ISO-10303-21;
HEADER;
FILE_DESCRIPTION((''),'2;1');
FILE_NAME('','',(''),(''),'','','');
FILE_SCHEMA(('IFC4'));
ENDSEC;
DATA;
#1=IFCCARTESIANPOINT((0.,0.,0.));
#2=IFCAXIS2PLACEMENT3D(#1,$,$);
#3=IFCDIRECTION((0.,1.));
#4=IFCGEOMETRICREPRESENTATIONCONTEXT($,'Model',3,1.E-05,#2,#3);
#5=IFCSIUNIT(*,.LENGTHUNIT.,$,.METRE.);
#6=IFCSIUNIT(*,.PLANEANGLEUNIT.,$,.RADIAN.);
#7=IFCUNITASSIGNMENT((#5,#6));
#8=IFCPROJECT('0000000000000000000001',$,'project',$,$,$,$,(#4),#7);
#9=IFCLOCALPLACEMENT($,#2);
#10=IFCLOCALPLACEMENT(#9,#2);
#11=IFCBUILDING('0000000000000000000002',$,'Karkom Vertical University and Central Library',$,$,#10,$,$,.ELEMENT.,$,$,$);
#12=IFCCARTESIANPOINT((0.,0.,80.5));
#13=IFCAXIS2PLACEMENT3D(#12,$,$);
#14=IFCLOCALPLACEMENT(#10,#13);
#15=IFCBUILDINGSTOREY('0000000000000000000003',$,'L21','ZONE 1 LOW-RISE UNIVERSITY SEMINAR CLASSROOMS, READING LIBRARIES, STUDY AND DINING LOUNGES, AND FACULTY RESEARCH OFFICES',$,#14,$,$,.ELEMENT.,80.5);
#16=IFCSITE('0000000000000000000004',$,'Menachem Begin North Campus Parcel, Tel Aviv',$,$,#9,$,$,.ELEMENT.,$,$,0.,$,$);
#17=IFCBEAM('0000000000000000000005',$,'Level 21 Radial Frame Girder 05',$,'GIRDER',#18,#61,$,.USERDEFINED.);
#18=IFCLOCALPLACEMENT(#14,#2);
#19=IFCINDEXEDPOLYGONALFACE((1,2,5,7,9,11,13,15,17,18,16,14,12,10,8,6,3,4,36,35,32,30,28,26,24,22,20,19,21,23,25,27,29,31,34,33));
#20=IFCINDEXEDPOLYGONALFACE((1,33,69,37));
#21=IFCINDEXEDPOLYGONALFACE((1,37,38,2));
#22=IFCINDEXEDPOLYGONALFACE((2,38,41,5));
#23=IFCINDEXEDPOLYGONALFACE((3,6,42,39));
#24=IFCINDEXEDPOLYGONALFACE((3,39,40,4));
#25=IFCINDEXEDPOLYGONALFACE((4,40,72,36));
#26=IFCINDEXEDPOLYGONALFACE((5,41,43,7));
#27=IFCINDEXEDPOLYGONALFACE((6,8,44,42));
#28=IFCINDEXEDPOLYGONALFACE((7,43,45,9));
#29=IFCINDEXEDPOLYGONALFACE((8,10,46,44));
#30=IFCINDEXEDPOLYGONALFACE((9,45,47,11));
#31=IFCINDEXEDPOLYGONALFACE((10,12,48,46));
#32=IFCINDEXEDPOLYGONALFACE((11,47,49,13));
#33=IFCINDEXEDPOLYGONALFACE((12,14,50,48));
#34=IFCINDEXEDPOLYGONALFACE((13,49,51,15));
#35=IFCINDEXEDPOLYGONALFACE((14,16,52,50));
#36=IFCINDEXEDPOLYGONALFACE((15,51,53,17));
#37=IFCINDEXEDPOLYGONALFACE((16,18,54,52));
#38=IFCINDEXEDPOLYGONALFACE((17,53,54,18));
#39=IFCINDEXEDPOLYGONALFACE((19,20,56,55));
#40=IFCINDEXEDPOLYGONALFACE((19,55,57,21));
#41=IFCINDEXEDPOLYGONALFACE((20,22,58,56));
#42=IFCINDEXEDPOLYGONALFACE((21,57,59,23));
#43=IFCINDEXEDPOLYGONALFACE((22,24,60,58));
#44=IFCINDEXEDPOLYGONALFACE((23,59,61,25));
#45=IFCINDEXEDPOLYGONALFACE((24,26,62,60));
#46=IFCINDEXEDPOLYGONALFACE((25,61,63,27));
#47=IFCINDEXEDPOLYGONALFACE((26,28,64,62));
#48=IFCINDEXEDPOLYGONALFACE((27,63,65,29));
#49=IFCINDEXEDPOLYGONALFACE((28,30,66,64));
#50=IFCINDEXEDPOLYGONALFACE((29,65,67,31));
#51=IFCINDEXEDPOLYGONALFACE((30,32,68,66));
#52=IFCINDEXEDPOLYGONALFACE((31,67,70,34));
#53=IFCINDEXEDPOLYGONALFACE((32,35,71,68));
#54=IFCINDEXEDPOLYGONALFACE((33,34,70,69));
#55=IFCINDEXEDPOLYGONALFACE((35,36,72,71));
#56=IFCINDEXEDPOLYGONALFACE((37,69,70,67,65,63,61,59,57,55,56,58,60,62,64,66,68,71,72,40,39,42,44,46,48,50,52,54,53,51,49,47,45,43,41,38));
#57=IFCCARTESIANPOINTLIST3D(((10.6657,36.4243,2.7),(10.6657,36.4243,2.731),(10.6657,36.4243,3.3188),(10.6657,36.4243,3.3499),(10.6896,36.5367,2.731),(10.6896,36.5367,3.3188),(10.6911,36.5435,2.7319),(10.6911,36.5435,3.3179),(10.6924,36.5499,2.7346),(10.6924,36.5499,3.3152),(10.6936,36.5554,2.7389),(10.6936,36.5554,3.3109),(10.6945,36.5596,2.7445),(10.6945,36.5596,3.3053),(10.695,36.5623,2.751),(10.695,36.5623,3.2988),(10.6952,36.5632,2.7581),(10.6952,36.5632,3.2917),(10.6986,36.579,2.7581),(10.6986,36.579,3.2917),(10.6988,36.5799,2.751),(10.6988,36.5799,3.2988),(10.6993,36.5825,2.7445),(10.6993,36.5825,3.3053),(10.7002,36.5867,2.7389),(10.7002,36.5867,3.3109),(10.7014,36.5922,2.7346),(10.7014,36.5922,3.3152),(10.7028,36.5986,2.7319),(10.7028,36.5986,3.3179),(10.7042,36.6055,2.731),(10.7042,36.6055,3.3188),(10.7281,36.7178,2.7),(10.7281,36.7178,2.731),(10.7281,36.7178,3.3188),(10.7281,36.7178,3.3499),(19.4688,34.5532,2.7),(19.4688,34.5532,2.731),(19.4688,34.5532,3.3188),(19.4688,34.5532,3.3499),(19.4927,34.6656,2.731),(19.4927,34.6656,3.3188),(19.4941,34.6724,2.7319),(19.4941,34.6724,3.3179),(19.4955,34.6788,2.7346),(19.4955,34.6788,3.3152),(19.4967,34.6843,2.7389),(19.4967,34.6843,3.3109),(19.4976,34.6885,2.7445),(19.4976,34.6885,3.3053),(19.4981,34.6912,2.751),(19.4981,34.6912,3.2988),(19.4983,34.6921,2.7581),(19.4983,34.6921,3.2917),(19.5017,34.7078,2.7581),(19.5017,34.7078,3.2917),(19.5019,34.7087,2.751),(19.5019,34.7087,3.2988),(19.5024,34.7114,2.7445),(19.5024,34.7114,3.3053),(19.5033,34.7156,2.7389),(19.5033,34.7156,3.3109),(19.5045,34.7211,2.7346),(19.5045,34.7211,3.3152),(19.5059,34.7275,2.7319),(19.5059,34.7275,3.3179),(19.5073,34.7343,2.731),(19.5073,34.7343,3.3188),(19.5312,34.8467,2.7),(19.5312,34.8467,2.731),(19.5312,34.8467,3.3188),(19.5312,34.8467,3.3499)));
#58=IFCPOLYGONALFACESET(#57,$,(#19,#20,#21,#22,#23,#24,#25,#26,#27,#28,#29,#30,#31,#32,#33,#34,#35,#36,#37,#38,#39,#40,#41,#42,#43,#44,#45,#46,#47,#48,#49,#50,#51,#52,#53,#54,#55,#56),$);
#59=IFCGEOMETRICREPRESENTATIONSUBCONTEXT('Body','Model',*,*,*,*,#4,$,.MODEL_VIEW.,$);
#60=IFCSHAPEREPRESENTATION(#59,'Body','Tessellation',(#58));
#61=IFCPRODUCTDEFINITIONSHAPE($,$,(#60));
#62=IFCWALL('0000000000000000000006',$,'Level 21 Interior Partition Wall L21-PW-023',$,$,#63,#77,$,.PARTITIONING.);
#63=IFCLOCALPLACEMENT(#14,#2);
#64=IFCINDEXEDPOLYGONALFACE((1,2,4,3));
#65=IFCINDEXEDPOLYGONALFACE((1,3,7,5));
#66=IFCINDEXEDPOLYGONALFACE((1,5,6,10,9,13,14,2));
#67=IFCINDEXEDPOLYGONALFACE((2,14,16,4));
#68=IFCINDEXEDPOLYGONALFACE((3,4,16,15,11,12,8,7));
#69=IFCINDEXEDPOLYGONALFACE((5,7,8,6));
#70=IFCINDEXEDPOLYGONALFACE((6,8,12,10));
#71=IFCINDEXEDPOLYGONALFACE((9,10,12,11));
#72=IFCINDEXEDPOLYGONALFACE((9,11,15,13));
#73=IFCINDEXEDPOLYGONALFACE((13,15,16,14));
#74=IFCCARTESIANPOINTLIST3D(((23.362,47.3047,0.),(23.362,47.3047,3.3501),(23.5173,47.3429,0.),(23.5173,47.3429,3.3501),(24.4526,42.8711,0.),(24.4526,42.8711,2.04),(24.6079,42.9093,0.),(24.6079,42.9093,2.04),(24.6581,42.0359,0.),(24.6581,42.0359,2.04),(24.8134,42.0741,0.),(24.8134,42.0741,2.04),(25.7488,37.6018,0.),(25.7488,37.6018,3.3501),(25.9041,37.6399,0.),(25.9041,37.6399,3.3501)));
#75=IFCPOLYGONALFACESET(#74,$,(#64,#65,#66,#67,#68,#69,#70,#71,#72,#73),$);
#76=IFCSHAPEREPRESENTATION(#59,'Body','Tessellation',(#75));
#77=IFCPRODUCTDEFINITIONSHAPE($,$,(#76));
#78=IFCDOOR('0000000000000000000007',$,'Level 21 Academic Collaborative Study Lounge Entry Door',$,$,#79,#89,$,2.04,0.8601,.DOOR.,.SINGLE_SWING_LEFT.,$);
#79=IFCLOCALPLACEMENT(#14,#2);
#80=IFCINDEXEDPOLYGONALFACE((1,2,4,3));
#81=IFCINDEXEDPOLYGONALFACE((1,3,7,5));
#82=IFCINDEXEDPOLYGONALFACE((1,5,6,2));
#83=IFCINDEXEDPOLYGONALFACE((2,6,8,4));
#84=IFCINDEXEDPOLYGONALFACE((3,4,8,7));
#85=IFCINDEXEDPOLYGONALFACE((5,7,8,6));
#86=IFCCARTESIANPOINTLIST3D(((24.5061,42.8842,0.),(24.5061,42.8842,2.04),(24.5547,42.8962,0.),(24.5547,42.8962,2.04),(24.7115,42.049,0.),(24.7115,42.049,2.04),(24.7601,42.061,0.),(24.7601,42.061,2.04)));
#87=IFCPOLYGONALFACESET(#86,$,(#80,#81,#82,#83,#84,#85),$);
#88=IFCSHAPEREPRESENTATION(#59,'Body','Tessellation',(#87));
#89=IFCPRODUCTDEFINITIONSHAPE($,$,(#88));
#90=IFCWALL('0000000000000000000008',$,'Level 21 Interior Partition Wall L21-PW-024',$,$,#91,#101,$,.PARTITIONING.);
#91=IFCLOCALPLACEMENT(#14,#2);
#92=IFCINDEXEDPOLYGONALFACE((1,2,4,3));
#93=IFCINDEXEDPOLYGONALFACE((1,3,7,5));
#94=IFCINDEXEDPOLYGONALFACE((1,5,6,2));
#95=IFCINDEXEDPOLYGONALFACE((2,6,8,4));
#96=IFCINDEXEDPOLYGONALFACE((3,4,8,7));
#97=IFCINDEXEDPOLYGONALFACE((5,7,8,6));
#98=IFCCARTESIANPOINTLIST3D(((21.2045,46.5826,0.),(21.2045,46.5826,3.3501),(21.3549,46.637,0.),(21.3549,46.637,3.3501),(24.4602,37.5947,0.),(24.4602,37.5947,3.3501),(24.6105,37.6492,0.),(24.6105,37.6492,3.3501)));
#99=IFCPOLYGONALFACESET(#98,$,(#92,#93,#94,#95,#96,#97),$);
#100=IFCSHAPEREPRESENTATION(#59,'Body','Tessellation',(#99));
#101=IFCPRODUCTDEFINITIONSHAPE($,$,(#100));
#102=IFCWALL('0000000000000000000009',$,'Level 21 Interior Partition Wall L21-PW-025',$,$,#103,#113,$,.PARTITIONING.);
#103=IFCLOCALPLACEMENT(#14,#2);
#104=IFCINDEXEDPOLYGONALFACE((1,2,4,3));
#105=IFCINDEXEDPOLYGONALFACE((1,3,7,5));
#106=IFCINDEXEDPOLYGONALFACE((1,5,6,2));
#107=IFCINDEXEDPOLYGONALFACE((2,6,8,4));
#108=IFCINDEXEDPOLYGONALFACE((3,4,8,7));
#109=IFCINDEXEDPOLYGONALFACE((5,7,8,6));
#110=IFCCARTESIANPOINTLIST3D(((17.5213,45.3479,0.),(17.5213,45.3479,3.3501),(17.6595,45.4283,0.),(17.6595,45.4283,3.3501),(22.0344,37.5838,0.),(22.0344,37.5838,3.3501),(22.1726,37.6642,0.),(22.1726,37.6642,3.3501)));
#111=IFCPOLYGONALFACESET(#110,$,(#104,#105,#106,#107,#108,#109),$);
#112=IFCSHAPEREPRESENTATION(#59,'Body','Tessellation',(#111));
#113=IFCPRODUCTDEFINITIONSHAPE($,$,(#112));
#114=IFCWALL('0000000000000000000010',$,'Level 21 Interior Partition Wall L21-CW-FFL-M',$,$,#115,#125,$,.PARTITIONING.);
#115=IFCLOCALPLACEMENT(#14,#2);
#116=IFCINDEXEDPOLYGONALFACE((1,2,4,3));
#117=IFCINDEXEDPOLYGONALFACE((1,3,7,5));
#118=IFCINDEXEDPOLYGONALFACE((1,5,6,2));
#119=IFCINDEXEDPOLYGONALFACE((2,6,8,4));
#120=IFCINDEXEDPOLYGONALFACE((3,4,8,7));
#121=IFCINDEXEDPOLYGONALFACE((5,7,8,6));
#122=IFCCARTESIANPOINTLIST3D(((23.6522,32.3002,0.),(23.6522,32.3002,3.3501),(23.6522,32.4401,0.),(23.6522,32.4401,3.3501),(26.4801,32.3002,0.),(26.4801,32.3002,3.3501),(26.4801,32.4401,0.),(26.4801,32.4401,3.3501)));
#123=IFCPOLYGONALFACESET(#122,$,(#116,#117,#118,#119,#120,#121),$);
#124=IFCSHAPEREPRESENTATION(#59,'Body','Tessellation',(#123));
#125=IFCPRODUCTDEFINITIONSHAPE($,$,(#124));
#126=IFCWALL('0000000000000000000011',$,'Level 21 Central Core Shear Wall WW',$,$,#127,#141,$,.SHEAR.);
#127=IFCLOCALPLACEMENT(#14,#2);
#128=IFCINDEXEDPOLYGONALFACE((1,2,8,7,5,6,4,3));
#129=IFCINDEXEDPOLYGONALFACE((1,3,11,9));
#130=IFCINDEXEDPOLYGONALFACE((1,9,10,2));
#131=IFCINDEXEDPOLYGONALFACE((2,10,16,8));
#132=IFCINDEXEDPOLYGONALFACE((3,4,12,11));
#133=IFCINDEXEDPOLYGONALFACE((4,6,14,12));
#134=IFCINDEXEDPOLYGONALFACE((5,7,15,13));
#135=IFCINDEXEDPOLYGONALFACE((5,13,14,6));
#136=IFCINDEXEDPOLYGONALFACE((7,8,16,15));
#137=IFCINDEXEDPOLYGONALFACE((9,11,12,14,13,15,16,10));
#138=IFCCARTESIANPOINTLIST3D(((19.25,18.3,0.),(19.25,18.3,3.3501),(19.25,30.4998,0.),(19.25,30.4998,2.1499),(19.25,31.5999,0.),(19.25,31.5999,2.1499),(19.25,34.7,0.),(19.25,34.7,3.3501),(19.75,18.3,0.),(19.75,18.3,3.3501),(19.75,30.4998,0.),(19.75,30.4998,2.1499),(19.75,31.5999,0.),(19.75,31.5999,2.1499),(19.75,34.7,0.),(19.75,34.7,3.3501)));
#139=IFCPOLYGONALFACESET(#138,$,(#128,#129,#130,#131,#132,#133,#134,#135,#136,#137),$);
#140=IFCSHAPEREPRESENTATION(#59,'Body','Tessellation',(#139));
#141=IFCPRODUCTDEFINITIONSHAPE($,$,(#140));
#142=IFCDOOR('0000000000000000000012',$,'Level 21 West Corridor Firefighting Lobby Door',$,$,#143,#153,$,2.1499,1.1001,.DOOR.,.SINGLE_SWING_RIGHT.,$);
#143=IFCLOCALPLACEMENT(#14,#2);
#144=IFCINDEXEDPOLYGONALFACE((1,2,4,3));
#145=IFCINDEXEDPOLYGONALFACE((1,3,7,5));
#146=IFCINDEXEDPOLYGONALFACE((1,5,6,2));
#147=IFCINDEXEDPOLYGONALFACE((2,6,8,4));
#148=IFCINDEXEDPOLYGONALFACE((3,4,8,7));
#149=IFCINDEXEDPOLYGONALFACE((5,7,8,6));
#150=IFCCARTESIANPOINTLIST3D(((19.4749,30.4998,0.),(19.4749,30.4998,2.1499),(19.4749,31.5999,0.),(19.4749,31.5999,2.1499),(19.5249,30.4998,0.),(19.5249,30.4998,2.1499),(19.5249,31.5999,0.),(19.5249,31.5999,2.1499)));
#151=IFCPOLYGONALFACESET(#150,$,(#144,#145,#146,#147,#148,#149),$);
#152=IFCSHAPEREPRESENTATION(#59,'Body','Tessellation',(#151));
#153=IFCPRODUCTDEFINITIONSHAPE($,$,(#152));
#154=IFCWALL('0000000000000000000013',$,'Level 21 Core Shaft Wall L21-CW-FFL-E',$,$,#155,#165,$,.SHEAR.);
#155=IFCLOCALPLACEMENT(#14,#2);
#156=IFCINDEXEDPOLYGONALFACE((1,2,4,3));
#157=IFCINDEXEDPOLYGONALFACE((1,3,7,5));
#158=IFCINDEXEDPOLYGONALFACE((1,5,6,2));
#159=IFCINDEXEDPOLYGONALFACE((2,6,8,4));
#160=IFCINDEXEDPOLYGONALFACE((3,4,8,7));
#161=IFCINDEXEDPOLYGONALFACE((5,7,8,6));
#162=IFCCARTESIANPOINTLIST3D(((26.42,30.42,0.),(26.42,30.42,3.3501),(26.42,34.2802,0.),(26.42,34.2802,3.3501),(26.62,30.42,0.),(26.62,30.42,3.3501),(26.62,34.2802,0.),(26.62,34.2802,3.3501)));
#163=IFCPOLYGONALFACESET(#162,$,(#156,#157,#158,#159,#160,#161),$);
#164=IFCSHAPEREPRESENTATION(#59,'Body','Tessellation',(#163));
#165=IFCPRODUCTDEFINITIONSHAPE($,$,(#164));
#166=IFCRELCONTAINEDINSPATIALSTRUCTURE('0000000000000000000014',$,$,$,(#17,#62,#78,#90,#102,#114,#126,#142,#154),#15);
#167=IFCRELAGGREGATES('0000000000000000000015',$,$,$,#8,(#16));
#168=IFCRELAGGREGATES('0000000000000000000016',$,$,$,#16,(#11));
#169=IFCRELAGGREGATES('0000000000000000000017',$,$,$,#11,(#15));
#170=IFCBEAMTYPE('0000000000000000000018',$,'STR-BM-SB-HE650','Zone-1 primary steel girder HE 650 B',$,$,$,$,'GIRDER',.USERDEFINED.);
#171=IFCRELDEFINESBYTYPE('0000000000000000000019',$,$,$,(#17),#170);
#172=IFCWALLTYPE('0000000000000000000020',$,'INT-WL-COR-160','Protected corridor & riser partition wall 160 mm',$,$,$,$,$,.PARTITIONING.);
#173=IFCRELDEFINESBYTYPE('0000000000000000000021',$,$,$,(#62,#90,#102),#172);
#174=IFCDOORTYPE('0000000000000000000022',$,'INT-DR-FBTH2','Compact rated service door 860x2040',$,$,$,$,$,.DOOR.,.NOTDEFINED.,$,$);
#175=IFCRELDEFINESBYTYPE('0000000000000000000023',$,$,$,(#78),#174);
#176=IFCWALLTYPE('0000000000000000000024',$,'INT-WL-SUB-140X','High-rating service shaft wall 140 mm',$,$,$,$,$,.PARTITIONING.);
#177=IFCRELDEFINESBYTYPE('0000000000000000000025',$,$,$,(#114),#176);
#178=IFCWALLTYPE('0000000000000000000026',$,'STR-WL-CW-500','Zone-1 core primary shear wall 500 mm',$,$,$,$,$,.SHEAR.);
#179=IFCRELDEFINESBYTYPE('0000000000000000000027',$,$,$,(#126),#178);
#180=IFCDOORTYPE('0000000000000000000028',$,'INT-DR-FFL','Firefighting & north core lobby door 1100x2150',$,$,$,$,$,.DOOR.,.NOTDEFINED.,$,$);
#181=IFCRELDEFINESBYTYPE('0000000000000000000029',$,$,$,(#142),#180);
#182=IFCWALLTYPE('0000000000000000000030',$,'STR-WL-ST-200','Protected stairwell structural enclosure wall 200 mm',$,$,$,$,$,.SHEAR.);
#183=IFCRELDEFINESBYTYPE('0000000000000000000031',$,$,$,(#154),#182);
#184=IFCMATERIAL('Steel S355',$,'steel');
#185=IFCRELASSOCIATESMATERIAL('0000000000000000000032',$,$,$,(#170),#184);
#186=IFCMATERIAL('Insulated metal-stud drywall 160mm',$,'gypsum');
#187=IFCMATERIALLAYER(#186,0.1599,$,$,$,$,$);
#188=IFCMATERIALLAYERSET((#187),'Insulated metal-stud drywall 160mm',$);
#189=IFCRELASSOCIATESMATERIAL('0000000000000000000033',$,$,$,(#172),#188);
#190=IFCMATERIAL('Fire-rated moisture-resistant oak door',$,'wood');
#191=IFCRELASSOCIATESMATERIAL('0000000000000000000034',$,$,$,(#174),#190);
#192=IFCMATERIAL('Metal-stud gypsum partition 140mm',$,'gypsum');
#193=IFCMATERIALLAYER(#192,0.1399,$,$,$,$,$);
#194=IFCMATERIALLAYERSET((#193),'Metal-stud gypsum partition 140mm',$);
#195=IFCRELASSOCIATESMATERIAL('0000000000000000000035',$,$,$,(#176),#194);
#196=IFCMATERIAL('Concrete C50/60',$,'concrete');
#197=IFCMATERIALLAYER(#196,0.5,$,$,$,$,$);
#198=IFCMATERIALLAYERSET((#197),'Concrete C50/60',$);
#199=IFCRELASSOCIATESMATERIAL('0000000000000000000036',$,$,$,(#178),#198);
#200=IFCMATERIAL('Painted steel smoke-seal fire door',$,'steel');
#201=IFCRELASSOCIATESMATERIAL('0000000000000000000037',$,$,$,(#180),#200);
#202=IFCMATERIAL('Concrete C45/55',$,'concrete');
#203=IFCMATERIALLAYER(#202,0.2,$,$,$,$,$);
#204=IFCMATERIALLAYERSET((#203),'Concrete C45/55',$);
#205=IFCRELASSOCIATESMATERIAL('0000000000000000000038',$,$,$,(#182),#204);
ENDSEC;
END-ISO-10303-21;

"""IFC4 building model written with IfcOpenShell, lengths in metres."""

from ifc_helpers import new_model, si_unit, direction, frame, frame_2d, origin, origin_with_axes, origin_2d, place, context, subcontext, project, spatial, rectangle, i_section, extrude, source, transform, mapped, material, layer, layer_set, material_profile, profile_set, type_object, element, fill, save


model = new_model("IFC4")

# Units and contexts
model_context = context("Model", 3, precision=1e-05, world=origin(), true_north=direction((0.0, 1.0)))
body_context = subcontext(model_context, "Body", "Model", "MODEL_VIEW")
ifc_project = project(units=[si_unit("LENGTHUNIT", "METRE"), si_unit("PLANEANGLEUNIT", "RADIAN")], contexts=[model_context])

# Site, building, storey
site_placement = place(None, origin())
site = spatial("IfcSite", under=ifc_project, at=site_placement, Name="Menachem Begin North Campus Parcel, Tel Aviv", CompositionType="ELEMENT", RefElevation=0.0)
building_placement = place(site_placement, origin())
building = spatial("IfcBuilding", under=site, at=building_placement, Name="Karkom Vertical University and Central Library", CompositionType="ELEMENT")
storey_placement = place(building_placement, frame((0.0, 0.0, 80.5)))
storey = spatial("IfcBuildingStorey", under=building, at=storey_placement, Name="L21", Description="ZONE 1 LOW-RISE UNIVERSITY SEMINAR CLASSROOMS, READING LIBRARIES, STUDY AND DINING LOUNGES, AND FACULTY RESEARCH OFFICES", CompositionType="ELEMENT", Elevation=80.5)

# Shared definitions
ifc_material_1 = material(Name="Concrete C50/60", Category="concrete")

# Beam
ifc_material_2 = material(Name="Steel S355", Category="steel")
ifc_material_profile_1 = material_profile(ifc_material_2, i_section(OverallWidth=0.3, OverallDepth=0.6499, WebThickness=0.0161, FlangeThickness=0.031, FilletRadius=0.0271, at=origin_2d()), Name="HE 650 B")
ifc_profile_set_1 = profile_set([ifc_material_profile_1], Name="Steel S355")
beam_type = type_object("IfcBeamType", Name="STR-BM-SB-HE650", Description="Zone-1 primary steel girder HE 650 B", ElementType="GIRDER", PredefinedType="USERDEFINED", material=ifc_profile_set_1)
shared_shape_1 = source(origin_with_axes(), body_context, "Body", "SweptSolid", [
    extrude(i_section(OverallWidth=0.3, OverallDepth=0.6499, WebThickness=0.0161, FlangeThickness=0.031, FilletRadius=0.0271, at=origin_2d()), origin(), (0.0, 0.0, 1.0), 8.9998),
])
beam_1_placement = place(storey_placement, frame((19.5, 34.7, 3.0249), z_axis=(-0.978148, 0.207908, 0.0), x_axis=(-0.207908, -0.978148, 0.0)))
element("IfcBeam", 1, at=beam_1_placement, inside=storey, type_object=beam_type, Name="Level 21 Radial Frame Girder 05", ObjectType="GIRDER", PredefinedType="USERDEFINED", context=body_context, shape_type="MappedRepresentation", body=[
    mapped(shared_shape_1, transform((0.0, 0.0, 0.0), scale=1.0)),
])

# Wall, opening, door
ifc_material_3 = material(Name="Insulated metal-stud drywall 160mm", Category="gypsum")
ifc_layer_1 = layer(ifc_material_3, 0.1599)
ifc_layer_set_1 = layer_set([ifc_layer_1], Name="Insulated metal-stud drywall 160mm")
wall_type_1 = type_object("IfcWallType", Name="INT-WL-COR-160", Description="Protected corridor & riser partition wall 160 mm", PredefinedType="PARTITIONING", material=ifc_layer_set_1)
wall_1_placement = place(storey_placement, frame((25.8264, 37.6208, 0.0), z_axis=(0.0, 0.0, 1.0), x_axis=(-0.23886, 0.971054, 0.0)))
wall_1 = element("IfcWall", 2, at=wall_1_placement, inside=storey, type_object=wall_type_1, Name="Level 21 Interior Partition Wall L21-PW-023", PredefinedType="PARTITIONING", context=body_context, shape_type="SweptSolid", body=[
    extrude(rectangle(XDim=9.9922, YDim=0.1599, at=frame_2d((4.9961, 0.0))), origin(), (0.0, 0.0, 1.0), 3.3501),
])
opening_1_placement = place(wall_1_placement, frame((4.5662, 0.0, 0.0)))
opening_1 = element("IfcOpeningElement", 3, at=opening_1_placement, cuts=wall_1, PredefinedType="OPENING", context=body_context, shape_type="SweptSolid", body=[
    extrude(rectangle(XDim=0.8601, YDim=2.04, at=frame_2d((0.4302, 1.02))), frame((0.0, 0.0898, 0.0), z_axis=(0.0, -1.0, 0.0), x_axis=(1.0, 0.0, 0.0)), (0.0, 0.0, 1.0), 0.1799),
])
ifc_material_4 = material(Name="Fire-rated moisture-resistant oak door", Category="wood")
door_type_1 = type_object("IfcDoorType", Name="INT-DR-FBTH2", Description="Compact rated service door 860x2040", OperationType="NOTDEFINED", PredefinedType="DOOR", material=ifc_material_4)
shared_shape_2 = source(origin_with_axes(), body_context, "Body", "SweptSolid", [
    extrude(rectangle(XDim=0.8601, YDim=2.04, at=frame_2d((0.4302, 1.02))), frame((0.0, 0.0249, 0.0), z_axis=(0.0, -1.0, 0.0), x_axis=(1.0, 0.0, 0.0)), (0.0, 0.0, 1.0), 0.05),
])
door_1_placement = place(opening_1_placement, origin())
door_1 = element("IfcDoor", 4, at=door_1_placement, inside=storey, type_object=door_type_1, Name="Level 21 Academic Collaborative Study Lounge Entry Door", OperationType="SINGLE_SWING_LEFT", OverallHeight=2.04, OverallWidth=0.8601, PredefinedType="DOOR", context=body_context, shape_type="MappedRepresentation", body=[
    mapped(shared_shape_2, transform((0.0, 0.0, 0.0), scale=1.0)),
])
fill(opening_1, door_1)

# Walls
wall_2_placement = place(storey_placement, frame((24.5354, 37.6218, 0.0), z_axis=(0.0, 0.0, 1.0), x_axis=(-0.340572, 0.940218, 0.0)))
element("IfcWall", 5, at=wall_2_placement, inside=storey, type_object=wall_type_1, Name="Level 21 Interior Partition Wall L21-PW-024", PredefinedType="PARTITIONING", context=body_context, shape_type="SweptSolid", body=[
    extrude(rectangle(XDim=9.5593, YDim=0.1599, at=frame_2d((4.7798, 0.0))), origin(), (0.0, 0.0, 1.0), 3.3501),
])
wall_3_placement = place(storey_placement, frame((22.1035, 37.624, 0.0), z_axis=(0.0, 0.0, 1.0), x_axis=(-0.502549, 0.864549, 0.0)))
element("IfcWall", 6, at=wall_3_placement, inside=storey, type_object=wall_type_1, Name="Level 21 Interior Partition Wall L21-PW-025", PredefinedType="PARTITIONING", context=body_context, shape_type="SweptSolid", body=[
    extrude(rectangle(XDim=8.9805, YDim=0.1599, at=frame_2d((4.4902, 0.0))), origin(), (0.0, 0.0, 1.0), 3.3501),
])
ifc_material_5 = material(Name="Metal-stud gypsum partition 140mm", Category="gypsum")
ifc_layer_2 = layer(ifc_material_5, 0.1399)
ifc_layer_set_2 = layer_set([ifc_layer_2], Name="Metal-stud gypsum partition 140mm")
wall_type_2 = type_object("IfcWallType", Name="INT-WL-SUB-140X", Description="High-rating service shaft wall 140 mm", PredefinedType="PARTITIONING", material=ifc_layer_set_2)
wall_4_placement = place(storey_placement, frame((23.6521, 32.3701, 0.0), z_axis=(0.0, 0.0, 1.0), x_axis=(1.0, 0.0, 0.0)))
element("IfcWall", 7, at=wall_4_placement, inside=storey, type_object=wall_type_2, Name="Level 21 Interior Partition Wall L21-CW-FFL-M", PredefinedType="PARTITIONING", context=body_context, shape_type="SweptSolid", body=[
    extrude(rectangle(XDim=2.8279, YDim=0.1399, at=frame_2d((1.4141, 0.0))), origin(), (0.0, 0.0, 1.0), 3.3501),
])

# Wall, opening, door
ifc_layer_3 = layer(ifc_material_1, 0.5)
ifc_layer_set_3 = layer_set([ifc_layer_3], Name="Concrete C50/60")
wall_type_3 = type_object("IfcWallType", Name="STR-WL-CW-500", Description="Zone-1 core primary shear wall 500 mm", PredefinedType="SHEAR", material=ifc_layer_set_3)
ifc_material_6 = material(Name="Painted steel smoke-seal fire door", Category="steel")
door_type_2 = type_object("IfcDoorType", Name="INT-DR-FFL", Description="Firefighting & north core lobby door 1100x2150", OperationType="NOTDEFINED", PredefinedType="DOOR", material=ifc_material_6)
shared_shape_3 = source(origin_with_axes(), body_context, "Body", "SweptSolid", [
    extrude(rectangle(XDim=1.1001, YDim=2.1499, at=frame_2d((0.55, 1.075))), frame((0.0, 0.0249, 0.0), z_axis=(0.0, -1.0, 0.0), x_axis=(1.0, 0.0, 0.0)), (0.0, 0.0, 1.0), 0.05),
])
wall_5_placement = place(storey_placement, frame((19.5, 34.7, 0.0), z_axis=(0.0, 0.0, 1.0), x_axis=(0.0, -1.0, 0.0)))
wall_5 = element("IfcWall", 8, at=wall_5_placement, inside=storey, type_object=wall_type_3, Name="Level 21 Central Core Shear Wall WW", PredefinedType="SHEAR", context=body_context, shape_type="SweptSolid", body=[
    extrude(rectangle(XDim=16.3999, YDim=0.5, at=frame_2d((8.2, 0.0))), origin(), (0.0, 0.0, 1.0), 3.3501),
])
opening_2_placement = place(wall_5_placement, frame((3.1001, 0.0, 0.0)))
opening_2 = element("IfcOpeningElement", 9, at=opening_2_placement, cuts=wall_5, PredefinedType="OPENING", context=body_context, shape_type="SweptSolid", body=[
    extrude(rectangle(XDim=1.1001, YDim=2.1499, at=frame_2d((0.55, 1.075))), frame((0.0, 0.26, 0.0), z_axis=(0.0, -1.0, 0.0), x_axis=(1.0, 0.0, 0.0)), (0.0, 0.0, 1.0), 0.52),
])
door_2_placement = place(opening_2_placement, origin())
door_2 = element("IfcDoor", 10, at=door_2_placement, inside=storey, type_object=door_type_2, Name="Level 21 West Corridor Firefighting Lobby Door", OperationType="SINGLE_SWING_RIGHT", OverallHeight=2.1499, OverallWidth=1.1001, PredefinedType="DOOR", context=body_context, shape_type="MappedRepresentation", body=[
    mapped(shared_shape_3, transform((0.0, 0.0, 0.0), scale=1.0)),
])
fill(opening_2, door_2)

# Wall
ifc_material_7 = material(Name="Concrete C45/55", Category="concrete")
ifc_layer_4 = layer(ifc_material_7, 0.2)
ifc_layer_set_4 = layer_set([ifc_layer_4], Name="Concrete C45/55")
wall_type_4 = type_object("IfcWallType", Name="STR-WL-ST-200", Description="Protected stairwell structural enclosure wall 200 mm", PredefinedType="SHEAR", material=ifc_layer_set_4)
wall_6_placement = place(storey_placement, frame((26.52, 30.4199, 0.0), z_axis=(0.0, 0.0, 1.0), x_axis=(0.0, 1.0, 0.0)))
element("IfcWall", 11, at=wall_6_placement, inside=storey, type_object=wall_type_4, Name="Level 21 Core Shaft Wall L21-CW-FFL-E", PredefinedType="SHEAR", context=body_context, shape_type="SweptSolid", body=[
    extrude(rectangle(XDim=3.8601, YDim=0.2, at=frame_2d((1.9302, 0.0))), origin(), (0.0, 0.0, 1.0), 3.3501),
])

save(model, "model.ifc")
